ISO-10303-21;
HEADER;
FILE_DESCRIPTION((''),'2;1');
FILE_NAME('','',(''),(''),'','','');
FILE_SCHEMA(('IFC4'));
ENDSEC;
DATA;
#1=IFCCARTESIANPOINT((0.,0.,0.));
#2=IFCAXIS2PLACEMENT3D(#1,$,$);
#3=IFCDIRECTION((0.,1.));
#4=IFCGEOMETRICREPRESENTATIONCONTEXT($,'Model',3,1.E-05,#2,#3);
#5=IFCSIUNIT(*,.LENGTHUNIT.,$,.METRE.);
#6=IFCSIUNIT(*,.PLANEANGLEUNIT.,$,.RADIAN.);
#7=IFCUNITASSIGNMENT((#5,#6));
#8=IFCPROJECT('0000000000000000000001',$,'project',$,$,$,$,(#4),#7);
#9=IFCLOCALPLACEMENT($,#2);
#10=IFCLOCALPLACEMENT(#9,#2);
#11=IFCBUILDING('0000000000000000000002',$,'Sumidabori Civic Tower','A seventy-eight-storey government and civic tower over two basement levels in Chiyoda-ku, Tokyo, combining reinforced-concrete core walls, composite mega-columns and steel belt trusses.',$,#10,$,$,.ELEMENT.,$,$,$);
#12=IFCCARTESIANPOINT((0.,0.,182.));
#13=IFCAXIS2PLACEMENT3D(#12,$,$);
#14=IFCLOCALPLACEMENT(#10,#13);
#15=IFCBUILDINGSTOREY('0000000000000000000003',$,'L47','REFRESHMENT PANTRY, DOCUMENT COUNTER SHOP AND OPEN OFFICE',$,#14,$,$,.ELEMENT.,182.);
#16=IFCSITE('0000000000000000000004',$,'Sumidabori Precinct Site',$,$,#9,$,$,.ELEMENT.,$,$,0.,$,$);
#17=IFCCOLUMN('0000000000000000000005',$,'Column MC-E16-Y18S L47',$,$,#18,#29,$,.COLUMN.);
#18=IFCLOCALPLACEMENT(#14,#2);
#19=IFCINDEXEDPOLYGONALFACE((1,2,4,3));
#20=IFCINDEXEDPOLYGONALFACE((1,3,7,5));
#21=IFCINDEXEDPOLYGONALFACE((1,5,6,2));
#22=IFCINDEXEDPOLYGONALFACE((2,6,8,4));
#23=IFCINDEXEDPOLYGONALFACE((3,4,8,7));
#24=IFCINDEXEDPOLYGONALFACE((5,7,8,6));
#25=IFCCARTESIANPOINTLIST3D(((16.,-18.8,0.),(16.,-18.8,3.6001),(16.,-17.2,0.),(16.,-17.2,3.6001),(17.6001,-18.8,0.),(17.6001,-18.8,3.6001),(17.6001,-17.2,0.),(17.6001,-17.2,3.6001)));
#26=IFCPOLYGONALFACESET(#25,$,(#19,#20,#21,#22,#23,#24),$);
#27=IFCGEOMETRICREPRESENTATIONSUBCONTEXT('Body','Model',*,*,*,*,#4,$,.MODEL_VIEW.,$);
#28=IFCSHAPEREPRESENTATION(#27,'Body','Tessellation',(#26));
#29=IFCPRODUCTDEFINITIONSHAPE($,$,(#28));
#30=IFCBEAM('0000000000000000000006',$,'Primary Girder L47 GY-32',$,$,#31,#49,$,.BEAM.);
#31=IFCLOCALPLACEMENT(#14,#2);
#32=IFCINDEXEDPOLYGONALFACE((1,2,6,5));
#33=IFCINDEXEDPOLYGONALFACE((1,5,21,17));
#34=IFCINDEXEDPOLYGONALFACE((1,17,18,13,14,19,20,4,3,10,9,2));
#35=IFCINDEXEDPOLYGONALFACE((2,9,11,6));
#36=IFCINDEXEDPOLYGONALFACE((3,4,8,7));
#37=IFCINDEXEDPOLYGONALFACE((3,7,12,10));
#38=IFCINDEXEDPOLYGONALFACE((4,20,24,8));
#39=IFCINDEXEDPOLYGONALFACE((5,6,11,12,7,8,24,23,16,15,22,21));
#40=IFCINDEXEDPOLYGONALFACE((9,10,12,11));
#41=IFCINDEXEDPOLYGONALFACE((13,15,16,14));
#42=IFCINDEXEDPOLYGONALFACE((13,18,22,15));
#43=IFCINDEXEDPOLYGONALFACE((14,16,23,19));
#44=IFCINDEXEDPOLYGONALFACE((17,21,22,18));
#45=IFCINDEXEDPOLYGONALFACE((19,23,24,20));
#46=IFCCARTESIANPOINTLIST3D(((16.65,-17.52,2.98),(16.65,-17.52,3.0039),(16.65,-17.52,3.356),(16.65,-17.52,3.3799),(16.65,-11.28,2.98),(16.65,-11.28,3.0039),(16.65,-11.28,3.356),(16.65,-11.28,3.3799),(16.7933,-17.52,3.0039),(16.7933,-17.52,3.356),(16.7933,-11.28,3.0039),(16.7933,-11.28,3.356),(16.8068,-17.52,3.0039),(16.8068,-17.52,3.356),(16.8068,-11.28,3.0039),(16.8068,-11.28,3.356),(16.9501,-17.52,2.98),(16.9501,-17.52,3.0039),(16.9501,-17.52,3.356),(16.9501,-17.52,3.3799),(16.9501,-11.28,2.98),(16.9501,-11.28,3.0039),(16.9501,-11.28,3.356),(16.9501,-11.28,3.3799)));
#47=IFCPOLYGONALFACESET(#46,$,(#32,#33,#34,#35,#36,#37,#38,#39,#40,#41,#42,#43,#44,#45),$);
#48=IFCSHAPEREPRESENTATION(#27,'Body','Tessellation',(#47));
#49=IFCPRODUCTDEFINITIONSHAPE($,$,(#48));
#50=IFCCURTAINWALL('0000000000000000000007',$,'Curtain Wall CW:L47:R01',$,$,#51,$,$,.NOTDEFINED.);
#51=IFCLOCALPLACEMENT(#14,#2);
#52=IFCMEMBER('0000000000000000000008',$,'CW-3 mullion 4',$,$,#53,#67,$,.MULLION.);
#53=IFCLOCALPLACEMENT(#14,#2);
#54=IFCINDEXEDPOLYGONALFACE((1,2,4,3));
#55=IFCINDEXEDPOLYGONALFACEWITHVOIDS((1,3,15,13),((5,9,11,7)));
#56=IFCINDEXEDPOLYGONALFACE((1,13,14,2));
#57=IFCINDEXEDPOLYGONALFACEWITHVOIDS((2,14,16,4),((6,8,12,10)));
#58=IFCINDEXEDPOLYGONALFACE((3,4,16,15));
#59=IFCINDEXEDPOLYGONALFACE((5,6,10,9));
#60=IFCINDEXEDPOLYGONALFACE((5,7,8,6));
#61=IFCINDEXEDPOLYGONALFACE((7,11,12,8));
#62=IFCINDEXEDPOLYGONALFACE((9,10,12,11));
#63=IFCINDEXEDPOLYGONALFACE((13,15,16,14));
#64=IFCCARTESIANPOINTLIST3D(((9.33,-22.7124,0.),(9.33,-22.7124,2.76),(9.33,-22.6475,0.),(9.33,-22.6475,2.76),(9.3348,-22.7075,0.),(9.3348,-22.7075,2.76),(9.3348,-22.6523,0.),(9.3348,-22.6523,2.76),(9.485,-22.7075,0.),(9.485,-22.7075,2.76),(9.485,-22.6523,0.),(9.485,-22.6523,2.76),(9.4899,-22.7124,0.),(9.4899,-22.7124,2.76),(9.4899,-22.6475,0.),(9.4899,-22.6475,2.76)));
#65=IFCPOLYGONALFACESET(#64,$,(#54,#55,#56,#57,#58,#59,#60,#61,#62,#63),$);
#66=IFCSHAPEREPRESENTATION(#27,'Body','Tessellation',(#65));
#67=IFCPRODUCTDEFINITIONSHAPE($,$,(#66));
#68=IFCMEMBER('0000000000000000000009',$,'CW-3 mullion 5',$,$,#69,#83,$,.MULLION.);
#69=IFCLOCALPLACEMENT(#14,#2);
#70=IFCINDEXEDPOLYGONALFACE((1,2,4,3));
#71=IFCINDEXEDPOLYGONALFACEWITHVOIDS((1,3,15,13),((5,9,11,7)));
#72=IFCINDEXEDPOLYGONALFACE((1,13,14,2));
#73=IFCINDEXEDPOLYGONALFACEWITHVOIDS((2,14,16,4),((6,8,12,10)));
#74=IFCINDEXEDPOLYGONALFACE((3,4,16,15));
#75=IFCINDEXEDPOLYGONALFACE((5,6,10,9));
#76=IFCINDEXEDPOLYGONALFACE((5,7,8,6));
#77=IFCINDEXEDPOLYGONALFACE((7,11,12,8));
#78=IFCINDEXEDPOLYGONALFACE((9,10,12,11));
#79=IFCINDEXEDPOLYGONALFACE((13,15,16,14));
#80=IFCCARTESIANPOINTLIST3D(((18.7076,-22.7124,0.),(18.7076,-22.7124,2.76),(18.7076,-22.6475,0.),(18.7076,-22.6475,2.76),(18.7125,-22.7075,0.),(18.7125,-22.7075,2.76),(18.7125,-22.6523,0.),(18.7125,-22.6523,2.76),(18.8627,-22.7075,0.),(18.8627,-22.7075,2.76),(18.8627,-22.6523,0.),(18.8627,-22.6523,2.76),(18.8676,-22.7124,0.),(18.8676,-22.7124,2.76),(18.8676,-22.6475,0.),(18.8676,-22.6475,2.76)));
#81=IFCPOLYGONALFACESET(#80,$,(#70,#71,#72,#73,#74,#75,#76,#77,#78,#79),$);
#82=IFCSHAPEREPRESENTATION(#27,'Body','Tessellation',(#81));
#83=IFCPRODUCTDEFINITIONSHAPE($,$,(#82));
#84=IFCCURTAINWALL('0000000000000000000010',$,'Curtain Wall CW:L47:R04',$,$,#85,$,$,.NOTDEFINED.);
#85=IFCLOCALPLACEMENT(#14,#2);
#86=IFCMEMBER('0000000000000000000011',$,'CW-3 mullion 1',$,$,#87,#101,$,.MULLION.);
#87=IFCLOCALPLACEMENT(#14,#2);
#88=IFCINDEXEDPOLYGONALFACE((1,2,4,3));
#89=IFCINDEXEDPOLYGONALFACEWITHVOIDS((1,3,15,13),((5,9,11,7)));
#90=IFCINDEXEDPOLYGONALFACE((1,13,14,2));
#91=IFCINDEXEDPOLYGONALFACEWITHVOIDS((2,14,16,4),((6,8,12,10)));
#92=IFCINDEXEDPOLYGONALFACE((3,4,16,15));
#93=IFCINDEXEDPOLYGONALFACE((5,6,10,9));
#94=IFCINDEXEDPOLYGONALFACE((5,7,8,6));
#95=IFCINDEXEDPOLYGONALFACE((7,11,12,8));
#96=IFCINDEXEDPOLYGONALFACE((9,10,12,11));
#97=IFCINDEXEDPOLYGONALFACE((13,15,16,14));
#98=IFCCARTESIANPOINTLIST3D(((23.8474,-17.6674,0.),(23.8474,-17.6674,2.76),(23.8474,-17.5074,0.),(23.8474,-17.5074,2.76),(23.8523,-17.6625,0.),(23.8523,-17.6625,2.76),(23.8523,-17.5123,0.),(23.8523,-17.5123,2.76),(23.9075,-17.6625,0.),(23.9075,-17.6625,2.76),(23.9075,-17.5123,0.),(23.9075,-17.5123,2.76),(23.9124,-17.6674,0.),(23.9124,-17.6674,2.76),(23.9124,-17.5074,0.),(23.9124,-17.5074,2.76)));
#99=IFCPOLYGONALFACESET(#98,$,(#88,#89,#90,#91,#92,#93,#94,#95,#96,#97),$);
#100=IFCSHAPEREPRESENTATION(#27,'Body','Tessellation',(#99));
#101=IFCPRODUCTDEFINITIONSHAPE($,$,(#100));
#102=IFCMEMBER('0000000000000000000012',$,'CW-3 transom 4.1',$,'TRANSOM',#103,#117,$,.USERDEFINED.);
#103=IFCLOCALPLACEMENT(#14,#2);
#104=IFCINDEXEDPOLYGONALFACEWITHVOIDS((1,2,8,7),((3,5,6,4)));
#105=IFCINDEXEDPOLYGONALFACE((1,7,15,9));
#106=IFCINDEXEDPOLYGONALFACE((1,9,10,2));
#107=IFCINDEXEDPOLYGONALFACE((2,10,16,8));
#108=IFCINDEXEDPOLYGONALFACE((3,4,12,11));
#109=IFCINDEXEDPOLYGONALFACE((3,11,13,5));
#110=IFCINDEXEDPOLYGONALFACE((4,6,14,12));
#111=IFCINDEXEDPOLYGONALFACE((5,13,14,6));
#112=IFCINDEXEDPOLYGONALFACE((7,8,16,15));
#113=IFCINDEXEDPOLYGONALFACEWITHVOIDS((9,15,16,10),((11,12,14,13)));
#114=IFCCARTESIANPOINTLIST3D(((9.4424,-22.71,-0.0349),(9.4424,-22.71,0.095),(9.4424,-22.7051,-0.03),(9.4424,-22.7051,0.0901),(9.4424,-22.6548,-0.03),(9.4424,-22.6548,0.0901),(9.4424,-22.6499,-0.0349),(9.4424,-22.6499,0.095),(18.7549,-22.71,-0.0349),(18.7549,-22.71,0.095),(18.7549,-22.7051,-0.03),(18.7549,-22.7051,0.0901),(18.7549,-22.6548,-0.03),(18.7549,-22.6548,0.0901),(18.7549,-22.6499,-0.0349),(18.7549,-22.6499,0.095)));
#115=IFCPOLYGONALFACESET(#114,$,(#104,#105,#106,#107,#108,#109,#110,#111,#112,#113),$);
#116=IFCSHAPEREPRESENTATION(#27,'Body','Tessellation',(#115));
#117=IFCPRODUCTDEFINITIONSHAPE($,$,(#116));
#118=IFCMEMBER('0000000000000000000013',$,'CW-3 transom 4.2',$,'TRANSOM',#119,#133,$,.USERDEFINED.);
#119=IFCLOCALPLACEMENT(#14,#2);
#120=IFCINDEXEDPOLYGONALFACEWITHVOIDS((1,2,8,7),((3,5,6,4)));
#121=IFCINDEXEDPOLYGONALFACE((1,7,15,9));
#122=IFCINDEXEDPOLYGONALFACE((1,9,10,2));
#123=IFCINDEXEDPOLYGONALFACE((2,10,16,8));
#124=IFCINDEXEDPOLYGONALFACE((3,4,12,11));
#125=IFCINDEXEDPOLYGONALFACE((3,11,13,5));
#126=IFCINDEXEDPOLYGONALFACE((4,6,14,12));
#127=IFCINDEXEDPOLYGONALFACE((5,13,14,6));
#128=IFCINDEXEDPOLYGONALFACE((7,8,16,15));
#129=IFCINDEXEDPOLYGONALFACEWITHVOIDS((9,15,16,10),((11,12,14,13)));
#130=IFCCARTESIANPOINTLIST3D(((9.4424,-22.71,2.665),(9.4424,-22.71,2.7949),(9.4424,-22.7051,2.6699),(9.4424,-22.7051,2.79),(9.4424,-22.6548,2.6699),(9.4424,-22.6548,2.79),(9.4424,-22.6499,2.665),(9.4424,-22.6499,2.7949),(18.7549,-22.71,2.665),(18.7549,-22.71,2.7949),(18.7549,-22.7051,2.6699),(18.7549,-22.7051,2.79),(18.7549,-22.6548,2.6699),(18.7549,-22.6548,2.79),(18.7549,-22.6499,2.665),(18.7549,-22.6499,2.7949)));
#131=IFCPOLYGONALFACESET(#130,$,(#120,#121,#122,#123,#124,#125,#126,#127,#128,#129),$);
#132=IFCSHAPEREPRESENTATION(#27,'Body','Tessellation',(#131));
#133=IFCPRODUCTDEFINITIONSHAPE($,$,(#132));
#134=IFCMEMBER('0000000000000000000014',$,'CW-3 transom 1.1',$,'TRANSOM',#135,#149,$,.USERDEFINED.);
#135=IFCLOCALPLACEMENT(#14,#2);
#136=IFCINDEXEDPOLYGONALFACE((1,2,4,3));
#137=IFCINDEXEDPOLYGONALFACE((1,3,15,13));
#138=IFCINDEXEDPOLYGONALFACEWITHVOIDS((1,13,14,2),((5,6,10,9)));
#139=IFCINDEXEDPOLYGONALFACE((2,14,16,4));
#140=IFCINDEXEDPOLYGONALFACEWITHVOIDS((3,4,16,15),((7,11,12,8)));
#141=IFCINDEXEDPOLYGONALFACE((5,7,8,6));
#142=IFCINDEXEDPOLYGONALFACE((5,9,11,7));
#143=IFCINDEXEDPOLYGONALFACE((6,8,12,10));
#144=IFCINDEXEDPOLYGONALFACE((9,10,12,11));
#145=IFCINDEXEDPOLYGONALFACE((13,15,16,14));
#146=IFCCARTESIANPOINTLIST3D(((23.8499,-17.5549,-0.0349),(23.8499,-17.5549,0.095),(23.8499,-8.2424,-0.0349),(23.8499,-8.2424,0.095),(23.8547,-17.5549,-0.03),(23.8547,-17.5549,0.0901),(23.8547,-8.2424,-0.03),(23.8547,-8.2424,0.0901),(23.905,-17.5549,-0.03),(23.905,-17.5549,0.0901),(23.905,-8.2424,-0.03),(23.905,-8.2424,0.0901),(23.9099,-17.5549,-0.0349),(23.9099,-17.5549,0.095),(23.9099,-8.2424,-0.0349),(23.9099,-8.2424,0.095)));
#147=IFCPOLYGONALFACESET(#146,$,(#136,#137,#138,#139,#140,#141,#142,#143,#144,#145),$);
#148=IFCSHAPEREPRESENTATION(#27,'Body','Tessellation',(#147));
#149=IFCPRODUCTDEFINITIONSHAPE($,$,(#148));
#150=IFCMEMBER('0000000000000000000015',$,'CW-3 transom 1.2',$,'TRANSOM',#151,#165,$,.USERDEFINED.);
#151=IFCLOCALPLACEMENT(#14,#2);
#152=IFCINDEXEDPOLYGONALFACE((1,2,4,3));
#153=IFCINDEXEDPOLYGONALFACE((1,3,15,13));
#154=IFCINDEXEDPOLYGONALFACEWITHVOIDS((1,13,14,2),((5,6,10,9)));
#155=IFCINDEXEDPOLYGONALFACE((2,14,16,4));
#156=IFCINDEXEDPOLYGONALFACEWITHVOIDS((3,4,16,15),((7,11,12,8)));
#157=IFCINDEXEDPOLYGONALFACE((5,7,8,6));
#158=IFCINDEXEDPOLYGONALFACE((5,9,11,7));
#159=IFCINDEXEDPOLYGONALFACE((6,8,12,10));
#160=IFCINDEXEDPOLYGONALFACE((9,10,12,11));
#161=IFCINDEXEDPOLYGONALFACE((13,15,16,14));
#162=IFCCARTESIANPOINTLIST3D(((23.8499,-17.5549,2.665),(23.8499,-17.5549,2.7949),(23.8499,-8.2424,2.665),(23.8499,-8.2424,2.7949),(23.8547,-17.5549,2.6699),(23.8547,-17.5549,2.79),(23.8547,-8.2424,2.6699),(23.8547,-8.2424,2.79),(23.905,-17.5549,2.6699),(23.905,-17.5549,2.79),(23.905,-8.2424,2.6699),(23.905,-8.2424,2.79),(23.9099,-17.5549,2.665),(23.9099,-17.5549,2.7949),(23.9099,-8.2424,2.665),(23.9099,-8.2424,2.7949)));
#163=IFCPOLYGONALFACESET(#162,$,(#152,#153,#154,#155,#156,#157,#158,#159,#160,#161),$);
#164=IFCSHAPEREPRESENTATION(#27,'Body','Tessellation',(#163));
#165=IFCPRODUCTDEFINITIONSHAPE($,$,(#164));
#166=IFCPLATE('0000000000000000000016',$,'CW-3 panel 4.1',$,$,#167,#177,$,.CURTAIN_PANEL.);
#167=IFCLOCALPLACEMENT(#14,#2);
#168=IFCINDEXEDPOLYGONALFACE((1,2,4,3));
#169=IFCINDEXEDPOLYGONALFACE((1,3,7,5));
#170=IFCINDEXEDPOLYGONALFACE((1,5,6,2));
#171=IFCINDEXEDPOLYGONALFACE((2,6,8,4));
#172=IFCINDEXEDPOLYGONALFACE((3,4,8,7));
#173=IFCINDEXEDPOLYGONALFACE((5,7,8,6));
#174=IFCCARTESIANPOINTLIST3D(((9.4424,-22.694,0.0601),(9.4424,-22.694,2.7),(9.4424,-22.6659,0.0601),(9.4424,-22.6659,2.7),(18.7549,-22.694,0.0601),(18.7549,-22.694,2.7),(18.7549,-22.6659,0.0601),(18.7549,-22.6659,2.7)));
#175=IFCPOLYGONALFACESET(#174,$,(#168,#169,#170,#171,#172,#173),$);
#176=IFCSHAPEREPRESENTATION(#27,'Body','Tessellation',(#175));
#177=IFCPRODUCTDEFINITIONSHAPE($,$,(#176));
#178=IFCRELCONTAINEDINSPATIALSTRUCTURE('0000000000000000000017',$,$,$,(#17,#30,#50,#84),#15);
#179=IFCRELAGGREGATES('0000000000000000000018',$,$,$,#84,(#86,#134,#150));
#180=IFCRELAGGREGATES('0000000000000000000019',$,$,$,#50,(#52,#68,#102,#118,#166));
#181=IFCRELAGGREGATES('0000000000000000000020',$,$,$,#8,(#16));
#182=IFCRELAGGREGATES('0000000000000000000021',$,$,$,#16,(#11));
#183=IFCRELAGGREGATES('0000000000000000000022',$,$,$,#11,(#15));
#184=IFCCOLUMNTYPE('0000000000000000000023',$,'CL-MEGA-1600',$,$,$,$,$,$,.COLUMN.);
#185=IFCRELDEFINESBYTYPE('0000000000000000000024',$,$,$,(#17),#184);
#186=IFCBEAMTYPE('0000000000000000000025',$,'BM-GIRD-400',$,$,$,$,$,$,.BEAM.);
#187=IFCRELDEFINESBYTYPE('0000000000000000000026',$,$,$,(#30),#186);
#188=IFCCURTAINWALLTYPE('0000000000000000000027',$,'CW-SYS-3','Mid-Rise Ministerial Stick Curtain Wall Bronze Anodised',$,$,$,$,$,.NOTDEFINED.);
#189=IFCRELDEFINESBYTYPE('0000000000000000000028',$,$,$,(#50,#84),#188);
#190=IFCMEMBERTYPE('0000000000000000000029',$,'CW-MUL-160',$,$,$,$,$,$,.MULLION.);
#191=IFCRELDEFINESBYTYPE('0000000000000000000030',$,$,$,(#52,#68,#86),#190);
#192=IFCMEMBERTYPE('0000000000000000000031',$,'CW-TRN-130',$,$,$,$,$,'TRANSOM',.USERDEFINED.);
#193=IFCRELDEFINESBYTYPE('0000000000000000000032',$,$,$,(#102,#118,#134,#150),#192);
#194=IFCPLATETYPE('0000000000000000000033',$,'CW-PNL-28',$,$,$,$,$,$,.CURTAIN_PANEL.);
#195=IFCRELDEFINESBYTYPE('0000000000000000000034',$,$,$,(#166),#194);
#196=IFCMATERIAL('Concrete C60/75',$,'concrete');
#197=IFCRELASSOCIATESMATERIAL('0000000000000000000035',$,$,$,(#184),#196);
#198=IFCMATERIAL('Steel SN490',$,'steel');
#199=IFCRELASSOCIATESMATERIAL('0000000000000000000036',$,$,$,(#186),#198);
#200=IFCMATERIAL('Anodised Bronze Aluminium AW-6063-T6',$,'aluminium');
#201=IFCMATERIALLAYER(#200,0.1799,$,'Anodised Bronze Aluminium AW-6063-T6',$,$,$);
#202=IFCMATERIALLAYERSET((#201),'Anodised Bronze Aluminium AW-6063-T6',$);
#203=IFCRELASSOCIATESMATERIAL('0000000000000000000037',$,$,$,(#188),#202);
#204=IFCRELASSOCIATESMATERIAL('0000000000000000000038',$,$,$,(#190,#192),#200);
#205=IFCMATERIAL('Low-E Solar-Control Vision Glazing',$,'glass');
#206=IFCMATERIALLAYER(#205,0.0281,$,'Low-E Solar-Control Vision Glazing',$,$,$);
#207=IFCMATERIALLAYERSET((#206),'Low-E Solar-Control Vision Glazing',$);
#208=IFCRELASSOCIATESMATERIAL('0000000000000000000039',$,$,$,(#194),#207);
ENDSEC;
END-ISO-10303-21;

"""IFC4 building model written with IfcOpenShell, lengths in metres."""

from ifc_helpers import new_model, si_unit, direction, frame, origin, origin_2d, place, context, subcontext, project, spatial, rectangle, hollow_rectangle, i_section, extrude, source, transform, mapped, material, layer, layer_set, material_profile, profile_set, type_object, element, aggregate, save


model = new_model("IFC4")

# Units and contexts
model_context = context("Model", 3, precision=1e-05, world=origin(), true_north=direction((0.0, 1.0)))
body_context = subcontext(model_context, "Body", "Model", "MODEL_VIEW")
ifc_project = project(units=[si_unit("LENGTHUNIT", "METRE"), si_unit("PLANEANGLEUNIT", "RADIAN")], contexts=[model_context])

# Site, building, storey
site_placement = place(None, origin())
site = spatial("IfcSite", under=ifc_project, at=site_placement, Name="Sumidabori Precinct Site", CompositionType="ELEMENT", RefElevation=0.0)
building_placement = place(site_placement, origin())
building = spatial("IfcBuilding", under=site, at=building_placement, Name="Sumidabori Civic Tower", Description="A seventy-eight-storey government and civic tower over two basement levels in Chiyoda-ku, Tokyo, combining reinforced-concrete core walls, composite mega-columns and steel belt trusses.", CompositionType="ELEMENT")
storey_placement = place(building_placement, frame((0.0, 0.0, 182.0)))
storey = spatial("IfcBuildingStorey", under=building, at=storey_placement, Name="L47", Description="REFRESHMENT PANTRY, DOCUMENT COUNTER SHOP AND OPEN OFFICE", CompositionType="ELEMENT", Elevation=182.0)

# Column
ifc_material_1 = material(Name="Concrete C60/75", Category="concrete")
ifc_material_profile_1 = material_profile(ifc_material_1, rectangle(XDim=1.6001, YDim=1.6001, at=origin_2d()), Name="RC 1600x1600")
ifc_profile_set_1 = profile_set([ifc_material_profile_1], Name="Concrete C60/75")
column_type = type_object("IfcColumnType", Name="CL-MEGA-1600", PredefinedType="COLUMN", material=ifc_profile_set_1)
shared_shape_1 = source(origin(), body_context, "Body", "SweptSolid", [
    extrude(rectangle(XDim=1.6001, YDim=1.6001, at=origin_2d()), origin(), (0.0, 0.0, 1.0), 3.6001),
])
column_placement = place(storey_placement, frame((16.8, -18.0, 0.0), z_axis=(0.0, 0.0, 1.0), x_axis=(1.0, 0.0, 0.0)))
element("IfcColumn", 1, at=column_placement, inside=storey, type_object=column_type, Name="Column MC-E16-Y18S L47", PredefinedType="COLUMN", context=body_context, shape_type="MappedRepresentation", body=[
    mapped(shared_shape_1, transform((0.0, 0.0, 0.0), x_axis=(1.0, 0.0, 0.0), y_axis=(0.0, 1.0, 0.0), z_axis=(0.0, 0.0, 1.0), scale=1.0)),
])

# Beam
ifc_material_2 = material(Name="Steel SN490", Category="steel")
ifc_material_profile_2 = material_profile(ifc_material_2, i_section(OverallWidth=0.3, OverallDepth=0.3999, WebThickness=0.0134, FlangeThickness=0.0239, at=origin_2d()), Name="HE 400 B")
ifc_profile_set_2 = profile_set([ifc_material_profile_2], Name="Steel SN490")
beam_type = type_object("IfcBeamType", Name="BM-GIRD-400", PredefinedType="BEAM", material=ifc_profile_set_2)
shared_shape_2 = source(origin(), body_context, "Body", "SweptSolid", [
    extrude(i_section(OverallWidth=0.3, OverallDepth=0.3999, WebThickness=0.0134, FlangeThickness=0.0239, at=origin_2d()), origin(), (0.0, 0.0, 1.0), 6.24),
])
beam_placement = place(storey_placement, frame((16.8, -17.52, 3.1799), z_axis=(0.0, 1.0, 0.0), x_axis=(-1.0, 0.0, 0.0)))
element("IfcBeam", 2, at=beam_placement, inside=storey, type_object=beam_type, Name="Primary Girder L47 GY-32", PredefinedType="BEAM", context=body_context, shape_type="MappedRepresentation", body=[
    mapped(shared_shape_2, transform((0.0, 0.0, 0.0), x_axis=(1.0, 0.0, 0.0), y_axis=(0.0, 1.0, 0.0), z_axis=(0.0, 0.0, 1.0), scale=1.0)),
])

# Curtain wall, members
ifc_material_3 = material(Name="Anodised Bronze Aluminium AW-6063-T6", Category="aluminium")
ifc_layer_1 = layer(ifc_material_3, 0.1799, Name="Anodised Bronze Aluminium AW-6063-T6")
ifc_layer_set_1 = layer_set([ifc_layer_1], Name="Anodised Bronze Aluminium AW-6063-T6")
curtain_wall_type = type_object("IfcCurtainWallType", Name="CW-SYS-3", Description="Mid-Rise Ministerial Stick Curtain Wall Bronze Anodised", PredefinedType="NOTDEFINED", material=ifc_layer_set_1)
curtain_wall_1_placement = place(storey_placement, origin())
curtain_wall_1 = element("IfcCurtainWall", 3, at=curtain_wall_1_placement, inside=storey, type_object=curtain_wall_type, Name="Curtain Wall CW:L47:R01", PredefinedType="NOTDEFINED")
ifc_material_profile_3 = material_profile(ifc_material_3, hollow_rectangle(XDim=0.0649, YDim=0.1599, WallThickness=0.0049, at=origin_2d()), Name="ALU MULLION 160x65")
ifc_profile_set_3 = profile_set([ifc_material_profile_3], Name="Anodised Bronze Aluminium AW-6063-T6")
member_type_1 = type_object("IfcMemberType", Name="CW-MUL-160", PredefinedType="MULLION", material=ifc_profile_set_3)
shared_shape_3 = source(origin(), body_context, "Body", "SweptSolid", [
    extrude(hollow_rectangle(XDim=0.0649, YDim=0.1599, WallThickness=0.0049, at=origin_2d()), origin(), (0.0, 0.0, 1.0), 2.76),
])
member_1_placement = place(storey_placement, frame((9.4099, -22.6799, 0.0), z_axis=(0.0, 0.0, 1.0), x_axis=(0.0, 1.0, 0.0)))
member_1 = element("IfcMember", 4, at=member_1_placement, type_object=member_type_1, Name="CW-3 mullion 4", PredefinedType="MULLION", context=body_context, shape_type="MappedRepresentation", body=[
    mapped(shared_shape_3, transform((0.0, 0.0, 0.0), x_axis=(1.0, 0.0, 0.0), y_axis=(0.0, 1.0, 0.0), z_axis=(0.0, 0.0, 1.0), scale=1.0)),
])
member_2_placement = place(storey_placement, frame((18.7876, -22.6799, 0.0), z_axis=(0.0, 0.0, 1.0), x_axis=(0.0, 1.0, 0.0)))
member_2 = element("IfcMember", 5, at=member_2_placement, type_object=member_type_1, Name="CW-3 mullion 5", PredefinedType="MULLION", context=body_context, shape_type="MappedRepresentation", body=[
    mapped(shared_shape_3, transform((0.0, 0.0, 0.0), x_axis=(1.0, 0.0, 0.0), y_axis=(0.0, 1.0, 0.0), z_axis=(0.0, 0.0, 1.0), scale=1.0)),
])

# Curtain wall, member
curtain_wall_2_placement = place(storey_placement, origin())
curtain_wall_2 = element("IfcCurtainWall", 6, at=curtain_wall_2_placement, inside=storey, type_object=curtain_wall_type, Name="Curtain Wall CW:L47:R04", PredefinedType="NOTDEFINED")
member_3_placement = place(storey_placement, frame((23.8799, -17.5874, 0.0), z_axis=(0.0, 0.0, 1.0), x_axis=(-1.0, 0.0, 0.0)))
member_3 = element("IfcMember", 7, at=member_3_placement, type_object=member_type_1, Name="CW-3 mullion 1", PredefinedType="MULLION", context=body_context, shape_type="MappedRepresentation", body=[
    mapped(shared_shape_3, transform((0.0, 0.0, 0.0), x_axis=(1.0, 0.0, 0.0), y_axis=(0.0, 1.0, 0.0), z_axis=(0.0, 0.0, 1.0), scale=1.0)),
])

# Members
ifc_material_profile_4 = material_profile(ifc_material_3, hollow_rectangle(XDim=0.0601, YDim=0.1299, WallThickness=0.0049, at=origin_2d()), Name="ALU TRANSOM 130x60")
ifc_profile_set_4 = profile_set([ifc_material_profile_4], Name="Anodised Bronze Aluminium AW-6063-T6")
member_type_2 = type_object("IfcMemberType", Name="CW-TRN-130", ElementType="TRANSOM", PredefinedType="USERDEFINED", material=ifc_profile_set_4)
shared_shape_4 = source(origin(), body_context, "Body", "SweptSolid", [
    extrude(hollow_rectangle(XDim=0.0601, YDim=0.1299, WallThickness=0.0049, at=origin_2d()), origin(), (0.0, 0.0, 1.0), 9.3125),
])
member_4_placement = place(storey_placement, frame((9.4424, -22.6799, 0.03), z_axis=(1.0, 0.0, 0.0), x_axis=(0.0, 1.0, 0.0)))
member_4 = element("IfcMember", 8, at=member_4_placement, type_object=member_type_2, Name="CW-3 transom 4.1", ObjectType="TRANSOM", PredefinedType="USERDEFINED", context=body_context, shape_type="MappedRepresentation", body=[
    mapped(shared_shape_4, transform((0.0, 0.0, 0.0), x_axis=(1.0, 0.0, 0.0), y_axis=(0.0, 1.0, 0.0), z_axis=(0.0, 0.0, 1.0), scale=1.0)),
])
member_5_placement = place(storey_placement, frame((9.4424, -22.6799, 2.73), z_axis=(1.0, 0.0, 0.0), x_axis=(0.0, 1.0, 0.0)))
member_5 = element("IfcMember", 9, at=member_5_placement, type_object=member_type_2, Name="CW-3 transom 4.2", ObjectType="TRANSOM", PredefinedType="USERDEFINED", context=body_context, shape_type="MappedRepresentation", body=[
    mapped(shared_shape_4, transform((0.0, 0.0, 0.0), x_axis=(1.0, 0.0, 0.0), y_axis=(0.0, 1.0, 0.0), z_axis=(0.0, 0.0, 1.0), scale=1.0)),
])
member_6_placement = place(storey_placement, frame((23.8799, -17.5549, 0.03), z_axis=(0.0, 1.0, 0.0), x_axis=(-1.0, 0.0, 0.0)))
member_6 = element("IfcMember", 10, at=member_6_placement, type_object=member_type_2, Name="CW-3 transom 1.1", ObjectType="TRANSOM", PredefinedType="USERDEFINED", context=body_context, shape_type="MappedRepresentation", body=[
    mapped(shared_shape_4, transform((0.0, 0.0, 0.0), x_axis=(1.0, 0.0, 0.0), y_axis=(0.0, 1.0, 0.0), z_axis=(0.0, 0.0, 1.0), scale=1.0)),
])
member_7_placement = place(storey_placement, frame((23.8799, -17.5549, 2.73), z_axis=(0.0, 1.0, 0.0), x_axis=(-1.0, 0.0, 0.0)))
member_7 = element("IfcMember", 11, at=member_7_placement, type_object=member_type_2, Name="CW-3 transom 1.2", ObjectType="TRANSOM", PredefinedType="USERDEFINED", context=body_context, shape_type="MappedRepresentation", body=[
    mapped(shared_shape_4, transform((0.0, 0.0, 0.0), x_axis=(1.0, 0.0, 0.0), y_axis=(0.0, 1.0, 0.0), z_axis=(0.0, 0.0, 1.0), scale=1.0)),
])
aggregate(curtain_wall_2, [member_3, member_6, member_7])

# Plate
ifc_material_4 = material(Name="Low-E Solar-Control Vision Glazing", Category="glass")
ifc_layer_2 = layer(ifc_material_4, 0.0281, Name="Low-E Solar-Control Vision Glazing")
ifc_layer_set_2 = layer_set([ifc_layer_2], Name="Low-E Solar-Control Vision Glazing")
plate_type = type_object("IfcPlateType", Name="CW-PNL-28", PredefinedType="CURTAIN_PANEL", material=ifc_layer_set_2)
shared_shape_5 = source(origin(), body_context, "Body", "SweptSolid", [
    extrude(rectangle(XDim=9.3125, YDim=0.0281, at=origin_2d()), origin(), (0.0, 0.0, 1.0), 2.6399),
])
plate_placement = place(storey_placement, frame((14.0986, -22.6799, 0.0601), z_axis=(0.0, 0.0, 1.0), x_axis=(1.0, 0.0, 0.0)))
plate = element("IfcPlate", 12, at=plate_placement, type_object=plate_type, Name="CW-3 panel 4.1", PredefinedType="CURTAIN_PANEL", context=body_context, shape_type="MappedRepresentation", body=[
    mapped(shared_shape_5, transform((0.0, 0.0, 0.0), x_axis=(1.0, 0.0, 0.0), y_axis=(0.0, 1.0, 0.0), z_axis=(0.0, 0.0, 1.0), scale=1.0)),
])
aggregate(curtain_wall_1, [member_1, member_2, member_4, member_5, plate])

save(model, "model.ifc")
